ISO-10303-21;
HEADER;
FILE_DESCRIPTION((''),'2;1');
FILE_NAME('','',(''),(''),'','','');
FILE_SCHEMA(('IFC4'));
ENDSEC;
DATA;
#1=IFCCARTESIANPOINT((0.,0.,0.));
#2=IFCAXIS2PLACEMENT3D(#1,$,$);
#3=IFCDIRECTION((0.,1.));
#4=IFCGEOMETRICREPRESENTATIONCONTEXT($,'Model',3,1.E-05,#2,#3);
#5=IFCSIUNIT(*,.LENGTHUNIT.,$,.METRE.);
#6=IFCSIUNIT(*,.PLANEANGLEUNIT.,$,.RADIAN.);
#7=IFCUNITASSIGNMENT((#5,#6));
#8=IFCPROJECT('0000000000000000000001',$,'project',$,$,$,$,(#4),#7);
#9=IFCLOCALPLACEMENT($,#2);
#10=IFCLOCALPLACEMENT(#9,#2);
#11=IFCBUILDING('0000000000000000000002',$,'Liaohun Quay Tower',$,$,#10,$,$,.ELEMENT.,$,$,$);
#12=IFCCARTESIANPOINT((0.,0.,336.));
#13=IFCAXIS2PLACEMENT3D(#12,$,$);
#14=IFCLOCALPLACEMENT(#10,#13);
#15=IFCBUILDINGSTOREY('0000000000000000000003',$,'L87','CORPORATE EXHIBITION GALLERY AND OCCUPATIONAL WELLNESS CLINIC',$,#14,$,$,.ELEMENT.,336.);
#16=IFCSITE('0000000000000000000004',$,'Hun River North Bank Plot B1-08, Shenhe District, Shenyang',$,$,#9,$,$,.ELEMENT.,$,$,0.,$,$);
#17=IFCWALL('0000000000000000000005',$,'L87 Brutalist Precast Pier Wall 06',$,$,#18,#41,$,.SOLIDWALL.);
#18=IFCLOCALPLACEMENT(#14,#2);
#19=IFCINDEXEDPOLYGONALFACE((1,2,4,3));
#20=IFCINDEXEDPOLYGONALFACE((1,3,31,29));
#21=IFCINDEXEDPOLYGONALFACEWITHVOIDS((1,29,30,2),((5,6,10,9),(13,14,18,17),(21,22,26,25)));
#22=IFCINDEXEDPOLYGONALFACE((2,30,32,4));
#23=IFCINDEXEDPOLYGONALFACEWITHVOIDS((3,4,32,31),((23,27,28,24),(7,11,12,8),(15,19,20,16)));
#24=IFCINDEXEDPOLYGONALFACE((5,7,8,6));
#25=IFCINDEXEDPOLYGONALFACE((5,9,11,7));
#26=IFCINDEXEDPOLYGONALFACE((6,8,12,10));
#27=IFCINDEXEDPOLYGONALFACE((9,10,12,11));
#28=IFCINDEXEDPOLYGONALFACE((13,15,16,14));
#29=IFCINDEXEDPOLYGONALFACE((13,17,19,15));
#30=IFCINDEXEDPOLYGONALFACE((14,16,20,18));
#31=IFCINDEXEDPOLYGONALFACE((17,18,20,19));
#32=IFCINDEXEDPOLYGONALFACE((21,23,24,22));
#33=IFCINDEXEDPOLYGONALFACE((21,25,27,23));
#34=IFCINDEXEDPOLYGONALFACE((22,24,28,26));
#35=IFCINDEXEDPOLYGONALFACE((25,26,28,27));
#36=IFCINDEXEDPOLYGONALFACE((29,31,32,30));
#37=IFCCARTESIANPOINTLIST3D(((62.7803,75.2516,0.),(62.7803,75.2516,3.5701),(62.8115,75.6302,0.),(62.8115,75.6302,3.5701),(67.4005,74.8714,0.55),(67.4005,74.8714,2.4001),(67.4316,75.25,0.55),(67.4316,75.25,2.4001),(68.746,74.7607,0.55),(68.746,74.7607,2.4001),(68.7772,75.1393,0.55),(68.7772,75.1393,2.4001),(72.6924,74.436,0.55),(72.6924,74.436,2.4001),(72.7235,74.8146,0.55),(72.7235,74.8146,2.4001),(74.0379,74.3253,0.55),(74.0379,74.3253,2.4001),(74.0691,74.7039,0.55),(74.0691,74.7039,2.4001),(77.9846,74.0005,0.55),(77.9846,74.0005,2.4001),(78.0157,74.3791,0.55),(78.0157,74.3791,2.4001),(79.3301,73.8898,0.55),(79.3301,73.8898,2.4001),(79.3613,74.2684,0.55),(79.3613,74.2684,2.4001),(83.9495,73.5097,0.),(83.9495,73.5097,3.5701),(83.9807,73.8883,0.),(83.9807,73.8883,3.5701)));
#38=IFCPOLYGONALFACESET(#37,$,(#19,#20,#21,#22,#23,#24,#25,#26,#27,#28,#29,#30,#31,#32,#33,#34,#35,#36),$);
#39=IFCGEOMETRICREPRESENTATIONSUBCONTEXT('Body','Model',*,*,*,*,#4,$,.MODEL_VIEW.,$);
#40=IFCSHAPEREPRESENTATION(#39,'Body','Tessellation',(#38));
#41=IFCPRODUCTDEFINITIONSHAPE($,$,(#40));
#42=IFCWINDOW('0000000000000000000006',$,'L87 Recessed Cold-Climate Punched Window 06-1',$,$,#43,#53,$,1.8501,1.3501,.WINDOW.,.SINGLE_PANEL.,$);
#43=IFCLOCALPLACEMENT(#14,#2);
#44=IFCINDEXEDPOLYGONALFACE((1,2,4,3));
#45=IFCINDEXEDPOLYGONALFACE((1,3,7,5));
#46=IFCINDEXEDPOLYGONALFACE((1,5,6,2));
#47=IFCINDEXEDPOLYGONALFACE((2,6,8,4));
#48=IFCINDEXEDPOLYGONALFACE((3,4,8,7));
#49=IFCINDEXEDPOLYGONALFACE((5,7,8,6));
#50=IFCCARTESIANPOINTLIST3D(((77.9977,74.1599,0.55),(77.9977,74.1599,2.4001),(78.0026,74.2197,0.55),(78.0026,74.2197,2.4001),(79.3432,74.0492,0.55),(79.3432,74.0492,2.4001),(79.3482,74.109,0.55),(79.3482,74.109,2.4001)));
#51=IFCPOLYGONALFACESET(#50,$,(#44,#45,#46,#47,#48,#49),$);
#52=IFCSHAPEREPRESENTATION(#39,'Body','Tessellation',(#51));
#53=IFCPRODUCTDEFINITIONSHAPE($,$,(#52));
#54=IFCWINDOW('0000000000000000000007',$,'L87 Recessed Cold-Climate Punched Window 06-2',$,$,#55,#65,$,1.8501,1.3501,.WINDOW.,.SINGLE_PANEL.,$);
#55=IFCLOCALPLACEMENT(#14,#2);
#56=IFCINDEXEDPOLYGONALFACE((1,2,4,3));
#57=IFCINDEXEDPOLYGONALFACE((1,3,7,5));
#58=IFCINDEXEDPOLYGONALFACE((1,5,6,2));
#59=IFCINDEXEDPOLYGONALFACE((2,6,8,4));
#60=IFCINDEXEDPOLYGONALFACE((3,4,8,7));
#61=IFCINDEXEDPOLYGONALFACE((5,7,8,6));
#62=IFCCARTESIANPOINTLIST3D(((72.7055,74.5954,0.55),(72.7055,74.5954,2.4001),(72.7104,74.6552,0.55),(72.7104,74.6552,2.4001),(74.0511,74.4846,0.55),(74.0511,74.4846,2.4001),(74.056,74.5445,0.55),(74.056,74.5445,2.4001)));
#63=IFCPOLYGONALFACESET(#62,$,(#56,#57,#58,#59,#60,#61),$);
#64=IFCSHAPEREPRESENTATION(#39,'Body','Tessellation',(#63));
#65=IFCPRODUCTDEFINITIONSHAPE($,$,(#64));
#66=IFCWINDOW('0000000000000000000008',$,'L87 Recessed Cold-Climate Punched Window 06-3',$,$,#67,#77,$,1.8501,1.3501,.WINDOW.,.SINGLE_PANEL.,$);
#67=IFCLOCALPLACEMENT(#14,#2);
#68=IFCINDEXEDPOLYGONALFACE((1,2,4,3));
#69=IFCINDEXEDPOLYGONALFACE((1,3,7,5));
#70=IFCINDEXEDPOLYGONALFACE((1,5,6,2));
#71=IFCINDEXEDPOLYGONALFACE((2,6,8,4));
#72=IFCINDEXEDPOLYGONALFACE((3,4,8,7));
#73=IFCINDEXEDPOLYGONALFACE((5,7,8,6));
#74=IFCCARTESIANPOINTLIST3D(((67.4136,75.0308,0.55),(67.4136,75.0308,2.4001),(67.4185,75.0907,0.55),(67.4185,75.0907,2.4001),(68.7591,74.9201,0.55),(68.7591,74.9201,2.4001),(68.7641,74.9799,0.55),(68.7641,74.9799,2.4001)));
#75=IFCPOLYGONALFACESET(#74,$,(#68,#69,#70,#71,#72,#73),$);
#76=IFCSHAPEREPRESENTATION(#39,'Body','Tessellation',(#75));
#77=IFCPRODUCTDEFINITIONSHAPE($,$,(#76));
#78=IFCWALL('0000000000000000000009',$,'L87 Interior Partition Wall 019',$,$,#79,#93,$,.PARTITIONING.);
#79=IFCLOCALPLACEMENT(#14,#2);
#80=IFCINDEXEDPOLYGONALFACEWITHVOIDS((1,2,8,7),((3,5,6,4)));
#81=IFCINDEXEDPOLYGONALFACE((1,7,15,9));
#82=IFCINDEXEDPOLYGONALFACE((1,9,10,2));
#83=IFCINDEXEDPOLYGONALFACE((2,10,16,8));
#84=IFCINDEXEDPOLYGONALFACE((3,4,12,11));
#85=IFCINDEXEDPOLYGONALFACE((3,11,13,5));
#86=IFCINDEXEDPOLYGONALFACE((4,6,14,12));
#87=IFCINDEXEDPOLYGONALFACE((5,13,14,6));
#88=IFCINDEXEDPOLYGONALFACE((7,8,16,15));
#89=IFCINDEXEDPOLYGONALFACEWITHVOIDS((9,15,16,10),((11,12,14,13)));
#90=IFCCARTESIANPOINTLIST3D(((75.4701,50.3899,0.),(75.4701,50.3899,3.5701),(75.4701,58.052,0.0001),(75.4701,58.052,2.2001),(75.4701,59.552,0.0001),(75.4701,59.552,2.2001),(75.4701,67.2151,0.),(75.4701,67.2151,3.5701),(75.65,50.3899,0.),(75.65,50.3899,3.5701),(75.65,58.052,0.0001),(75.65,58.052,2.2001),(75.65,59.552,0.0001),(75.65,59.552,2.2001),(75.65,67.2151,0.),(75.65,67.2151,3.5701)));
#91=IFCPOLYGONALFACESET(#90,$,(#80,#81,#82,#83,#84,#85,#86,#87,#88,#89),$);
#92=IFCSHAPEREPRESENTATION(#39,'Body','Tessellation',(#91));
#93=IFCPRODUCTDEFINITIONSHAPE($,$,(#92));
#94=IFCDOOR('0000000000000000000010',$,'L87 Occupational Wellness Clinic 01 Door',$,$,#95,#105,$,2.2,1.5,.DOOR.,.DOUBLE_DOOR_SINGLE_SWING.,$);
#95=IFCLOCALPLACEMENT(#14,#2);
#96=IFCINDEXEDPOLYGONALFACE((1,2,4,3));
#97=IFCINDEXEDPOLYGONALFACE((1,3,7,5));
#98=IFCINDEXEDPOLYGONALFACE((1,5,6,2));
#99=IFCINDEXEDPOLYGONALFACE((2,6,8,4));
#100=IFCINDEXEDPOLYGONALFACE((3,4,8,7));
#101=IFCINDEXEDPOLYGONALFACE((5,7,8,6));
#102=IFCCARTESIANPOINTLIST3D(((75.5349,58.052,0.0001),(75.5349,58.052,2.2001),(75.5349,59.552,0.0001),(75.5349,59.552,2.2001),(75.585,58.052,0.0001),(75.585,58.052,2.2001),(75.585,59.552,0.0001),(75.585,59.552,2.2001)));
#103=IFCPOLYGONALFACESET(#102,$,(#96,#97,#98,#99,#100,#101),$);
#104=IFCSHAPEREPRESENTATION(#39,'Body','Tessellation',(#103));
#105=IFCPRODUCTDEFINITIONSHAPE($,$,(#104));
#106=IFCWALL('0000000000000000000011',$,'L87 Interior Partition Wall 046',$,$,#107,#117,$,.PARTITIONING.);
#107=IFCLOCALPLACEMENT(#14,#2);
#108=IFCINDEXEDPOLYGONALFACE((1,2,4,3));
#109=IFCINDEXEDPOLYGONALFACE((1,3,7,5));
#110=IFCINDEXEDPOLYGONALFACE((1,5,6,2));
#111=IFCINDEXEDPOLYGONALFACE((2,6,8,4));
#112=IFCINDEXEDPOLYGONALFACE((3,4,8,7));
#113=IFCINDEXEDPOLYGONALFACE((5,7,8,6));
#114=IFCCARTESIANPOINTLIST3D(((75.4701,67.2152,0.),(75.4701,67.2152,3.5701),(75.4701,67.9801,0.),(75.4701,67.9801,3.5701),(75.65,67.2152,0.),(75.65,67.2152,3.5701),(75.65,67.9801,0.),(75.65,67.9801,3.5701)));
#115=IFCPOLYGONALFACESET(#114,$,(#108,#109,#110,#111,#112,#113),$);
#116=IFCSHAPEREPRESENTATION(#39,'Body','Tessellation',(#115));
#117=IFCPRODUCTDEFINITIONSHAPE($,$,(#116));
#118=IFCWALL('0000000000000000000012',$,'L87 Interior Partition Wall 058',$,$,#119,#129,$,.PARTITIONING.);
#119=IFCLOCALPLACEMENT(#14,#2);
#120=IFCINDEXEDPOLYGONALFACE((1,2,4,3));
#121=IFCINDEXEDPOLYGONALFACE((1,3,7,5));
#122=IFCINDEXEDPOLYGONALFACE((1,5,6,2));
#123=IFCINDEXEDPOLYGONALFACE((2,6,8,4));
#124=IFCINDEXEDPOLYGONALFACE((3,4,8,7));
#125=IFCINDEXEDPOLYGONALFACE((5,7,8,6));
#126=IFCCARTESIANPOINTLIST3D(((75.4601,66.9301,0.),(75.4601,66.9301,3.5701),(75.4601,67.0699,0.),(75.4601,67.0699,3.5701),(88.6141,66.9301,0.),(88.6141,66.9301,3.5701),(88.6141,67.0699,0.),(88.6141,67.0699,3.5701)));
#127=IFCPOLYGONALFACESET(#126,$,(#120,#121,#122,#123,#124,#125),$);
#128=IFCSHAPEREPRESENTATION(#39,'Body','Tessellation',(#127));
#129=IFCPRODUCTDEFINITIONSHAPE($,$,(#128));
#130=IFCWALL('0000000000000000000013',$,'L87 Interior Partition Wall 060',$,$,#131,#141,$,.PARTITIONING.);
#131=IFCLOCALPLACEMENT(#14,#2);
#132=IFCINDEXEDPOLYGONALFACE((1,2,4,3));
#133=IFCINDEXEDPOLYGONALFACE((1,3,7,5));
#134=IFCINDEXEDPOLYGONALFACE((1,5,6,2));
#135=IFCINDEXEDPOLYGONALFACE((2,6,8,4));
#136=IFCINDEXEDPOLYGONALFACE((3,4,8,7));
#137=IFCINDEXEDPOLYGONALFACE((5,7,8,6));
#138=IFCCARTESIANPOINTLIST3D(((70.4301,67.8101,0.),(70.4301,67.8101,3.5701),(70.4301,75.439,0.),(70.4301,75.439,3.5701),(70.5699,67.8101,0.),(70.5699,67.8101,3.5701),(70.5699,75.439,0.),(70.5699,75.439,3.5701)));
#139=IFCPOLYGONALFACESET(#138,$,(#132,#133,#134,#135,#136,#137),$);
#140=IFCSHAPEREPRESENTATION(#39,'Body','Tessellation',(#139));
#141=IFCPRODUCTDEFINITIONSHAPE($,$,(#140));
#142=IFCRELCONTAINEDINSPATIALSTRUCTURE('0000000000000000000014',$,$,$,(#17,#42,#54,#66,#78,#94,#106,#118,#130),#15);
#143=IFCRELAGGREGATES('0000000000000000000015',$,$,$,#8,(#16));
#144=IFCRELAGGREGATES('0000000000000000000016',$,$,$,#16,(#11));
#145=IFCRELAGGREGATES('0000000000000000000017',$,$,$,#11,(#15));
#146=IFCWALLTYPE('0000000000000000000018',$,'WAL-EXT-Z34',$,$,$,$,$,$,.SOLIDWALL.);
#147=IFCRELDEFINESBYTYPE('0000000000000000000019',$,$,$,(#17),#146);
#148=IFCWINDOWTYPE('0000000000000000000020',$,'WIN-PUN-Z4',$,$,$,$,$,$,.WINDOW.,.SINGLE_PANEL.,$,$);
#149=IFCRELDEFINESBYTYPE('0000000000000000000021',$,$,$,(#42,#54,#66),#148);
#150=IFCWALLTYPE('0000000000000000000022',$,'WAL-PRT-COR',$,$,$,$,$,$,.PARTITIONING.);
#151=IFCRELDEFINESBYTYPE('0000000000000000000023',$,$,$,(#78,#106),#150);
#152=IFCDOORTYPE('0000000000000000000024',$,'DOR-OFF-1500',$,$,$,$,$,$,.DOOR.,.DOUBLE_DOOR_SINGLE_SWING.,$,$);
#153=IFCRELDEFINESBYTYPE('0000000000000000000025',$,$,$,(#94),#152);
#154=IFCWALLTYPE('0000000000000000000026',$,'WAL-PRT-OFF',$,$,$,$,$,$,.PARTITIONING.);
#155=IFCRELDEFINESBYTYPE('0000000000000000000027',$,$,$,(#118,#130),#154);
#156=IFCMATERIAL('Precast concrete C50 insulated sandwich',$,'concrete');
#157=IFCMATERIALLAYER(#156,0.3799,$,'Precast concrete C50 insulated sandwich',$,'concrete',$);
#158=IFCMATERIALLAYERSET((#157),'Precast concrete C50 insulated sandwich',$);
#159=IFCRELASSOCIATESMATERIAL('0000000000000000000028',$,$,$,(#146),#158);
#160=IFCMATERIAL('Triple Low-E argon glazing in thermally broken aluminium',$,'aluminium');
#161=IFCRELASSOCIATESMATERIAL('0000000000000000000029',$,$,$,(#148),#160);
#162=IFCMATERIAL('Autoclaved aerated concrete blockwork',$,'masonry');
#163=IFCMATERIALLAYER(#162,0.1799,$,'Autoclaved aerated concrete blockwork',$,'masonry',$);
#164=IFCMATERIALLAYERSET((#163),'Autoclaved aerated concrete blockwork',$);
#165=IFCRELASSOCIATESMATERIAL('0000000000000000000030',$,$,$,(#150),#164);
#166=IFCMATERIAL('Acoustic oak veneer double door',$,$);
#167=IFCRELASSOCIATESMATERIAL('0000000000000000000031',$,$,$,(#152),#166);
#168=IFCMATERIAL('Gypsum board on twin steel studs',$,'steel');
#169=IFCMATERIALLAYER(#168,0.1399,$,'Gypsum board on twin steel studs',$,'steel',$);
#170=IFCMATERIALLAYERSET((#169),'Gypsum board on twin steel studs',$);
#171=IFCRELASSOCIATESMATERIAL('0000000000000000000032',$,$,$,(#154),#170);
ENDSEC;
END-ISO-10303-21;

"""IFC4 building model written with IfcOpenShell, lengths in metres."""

from ifc_helpers import new_model, si_unit, direction, frame, frame_2d, origin, place, context, subcontext, project, spatial, rectangle, extrude, source, transform, mapped, material, layer, layer_set, type_object, element, fill, save


model = new_model("IFC4")

# Units and contexts
model_context = context("Model", 3, precision=1e-05, world=origin(), true_north=direction((0.0, 1.0)))
body_context = subcontext(model_context, "Body", "Model", "MODEL_VIEW")
ifc_project = project(units=[si_unit("LENGTHUNIT", "METRE"), si_unit("PLANEANGLEUNIT", "RADIAN")], contexts=[model_context])

# Site, building, storey
site_placement = place(None, origin())
site = spatial("IfcSite", under=ifc_project, at=site_placement, Name="Hun River North Bank Plot B1-08, Shenhe District, Shenyang", CompositionType="ELEMENT", RefElevation=0.0)
building_placement = place(site_placement, origin())
building = spatial("IfcBuilding", under=site, at=building_placement, Name="Liaohun Quay Tower", CompositionType="ELEMENT")
storey_placement = place(building_placement, frame((0.0, 0.0, 336.0)))
storey = spatial("IfcBuildingStorey", under=building, at=storey_placement, Name="L87", Description="CORPORATE EXHIBITION GALLERY AND OCCUPATIONAL WELLNESS CLINIC", CompositionType="ELEMENT", Elevation=336.0)

# Shared definitions
ifc_material_1 = material(Name="Precast concrete C50 insulated sandwich", Category="concrete")
ifc_layer_1 = layer(ifc_material_1, 0.3799, Name="Precast concrete C50 insulated sandwich", Category="concrete")
ifc_layer_set_1 = layer_set([ifc_layer_1], Name="Precast concrete C50 insulated sandwich")
wall_type_1 = type_object("IfcWallType", Name="WAL-EXT-Z34", PredefinedType="SOLIDWALL", material=ifc_layer_set_1)

# Wall, openings, windows
wall_1_placement = place(storey_placement, frame((83.9651, 73.699, 0.0), z_axis=(0.0, 0.0, 1.0), x_axis=(-0.996632, 0.08201, 0.0)))
wall_1 = element("IfcWall", 1, at=wall_1_placement, inside=storey, type_object=wall_type_1, Name="L87 Brutalist Precast Pier Wall 06", PredefinedType="SOLIDWALL", context=body_context, shape_type="SweptSolid", body=[
    extrude(rectangle(XDim=21.2407, YDim=0.3799, at=frame_2d((10.6204, 0.0))), origin(), (0.0, 0.0, 1.0), 3.5701),
])
shared_shape_1 = source(origin(), body_context, "Body", "SweptSolid", [
    extrude(rectangle(XDim=1.3501, YDim=1.8501, at=frame_2d((0.675, 0.925))), frame((0.0, 0.2, 0.0), z_axis=(0.0, -1.0, 0.0), x_axis=(1.0, 0.0, 0.0)), (0.0, 0.0, 1.0), 0.3999),
])
opening_1_placement = place(wall_1_placement, frame((4.635, 0.0, 0.55)))
opening_1 = element("IfcOpeningElement", 2, at=opening_1_placement, cuts=wall_1, PredefinedType="OPENING", context=body_context, shape_type="MappedRepresentation", body=[
    mapped(shared_shape_1, transform((0.0, 0.0, 0.0), x_axis=(1.0, 0.0, 0.0), y_axis=(0.0, 1.0, 0.0), z_axis=(0.0, 0.0, 1.0), scale=1.0)),
])
opening_2_placement = place(wall_1_placement, frame((9.9451, 0.0, 0.55)))
opening_2 = element("IfcOpeningElement", 3, at=opening_2_placement, cuts=wall_1, PredefinedType="OPENING", context=body_context, shape_type="MappedRepresentation", body=[
    mapped(shared_shape_1, transform((0.0, 0.0, 0.0), x_axis=(1.0, 0.0, 0.0), y_axis=(0.0, 1.0, 0.0), z_axis=(0.0, 0.0, 1.0), scale=1.0)),
])
opening_3_placement = place(wall_1_placement, frame((15.2549, 0.0, 0.55)))
opening_3 = element("IfcOpeningElement", 4, at=opening_3_placement, cuts=wall_1, PredefinedType="OPENING", context=body_context, shape_type="MappedRepresentation", body=[
    mapped(shared_shape_1, transform((0.0, 0.0, 0.0), x_axis=(1.0, 0.0, 0.0), y_axis=(0.0, 1.0, 0.0), z_axis=(0.0, 0.0, 1.0), scale=1.0)),
])
ifc_material_2 = material(Name="Triple Low-E argon glazing in thermally broken aluminium", Category="aluminium")
window_type_1 = type_object("IfcWindowType", Name="WIN-PUN-Z4", PartitioningType="SINGLE_PANEL", PredefinedType="WINDOW", material=ifc_material_2)
shared_shape_2 = source(origin(), body_context, "Body", "SweptSolid", [
    extrude(rectangle(XDim=1.3501, YDim=1.8501, at=frame_2d((0.675, 0.925))), frame((0.0, 0.03, 0.0), z_axis=(0.0, -1.0, 0.0), x_axis=(1.0, 0.0, 0.0)), (0.0, 0.0, 1.0), 0.0601),
])
window_1_placement = place(opening_1_placement, origin())
window_1 = element("IfcWindow", 5, at=window_1_placement, inside=storey, type_object=window_type_1, Name="L87 Recessed Cold-Climate Punched Window 06-1", OverallHeight=1.8501, OverallWidth=1.3501, PartitioningType="SINGLE_PANEL", PredefinedType="WINDOW", context=body_context, shape_type="MappedRepresentation", body=[
    mapped(shared_shape_2, transform((0.0, 0.0, 0.0), x_axis=(1.0, 0.0, 0.0), y_axis=(0.0, 1.0, 0.0), z_axis=(0.0, 0.0, 1.0), scale=1.0)),
])
fill(opening_1, window_1)
window_2_placement = place(opening_2_placement, origin())
window_2 = element("IfcWindow", 6, at=window_2_placement, inside=storey, type_object=window_type_1, Name="L87 Recessed Cold-Climate Punched Window 06-2", OverallHeight=1.8501, OverallWidth=1.3501, PartitioningType="SINGLE_PANEL", PredefinedType="WINDOW", context=body_context, shape_type="MappedRepresentation", body=[
    mapped(shared_shape_2, transform((0.0, 0.0, 0.0), x_axis=(1.0, 0.0, 0.0), y_axis=(0.0, 1.0, 0.0), z_axis=(0.0, 0.0, 1.0), scale=1.0)),
])
fill(opening_2, window_2)
window_3_placement = place(opening_3_placement, origin())
window_3 = element("IfcWindow", 7, at=window_3_placement, inside=storey, type_object=window_type_1, Name="L87 Recessed Cold-Climate Punched Window 06-3", OverallHeight=1.8501, OverallWidth=1.3501, PartitioningType="SINGLE_PANEL", PredefinedType="WINDOW", context=body_context, shape_type="MappedRepresentation", body=[
    mapped(shared_shape_2, transform((0.0, 0.0, 0.0), x_axis=(1.0, 0.0, 0.0), y_axis=(0.0, 1.0, 0.0), z_axis=(0.0, 0.0, 1.0), scale=1.0)),
])
fill(opening_3, window_3)

# Wall, opening, door
ifc_material_3 = material(Name="Autoclaved aerated concrete blockwork", Category="masonry")
ifc_layer_2 = layer(ifc_material_3, 0.1799, Name="Autoclaved aerated concrete blockwork", Category="masonry")
ifc_layer_set_2 = layer_set([ifc_layer_2], Name="Autoclaved aerated concrete blockwork")
wall_type_2 = type_object("IfcWallType", Name="WAL-PRT-COR", PredefinedType="PARTITIONING", material=ifc_layer_set_2)
wall_2_placement = place(storey_placement, frame((75.5601, 67.2151, 0.0), z_axis=(0.0, 0.0, 1.0), x_axis=(0.0, -1.0, 0.0)))
wall_2 = element("IfcWall", 8, at=wall_2_placement, inside=storey, type_object=wall_type_2, Name="L87 Interior Partition Wall 019", PredefinedType="PARTITIONING", context=body_context, shape_type="SweptSolid", body=[
    extrude(rectangle(XDim=16.8252, YDim=0.1799, at=frame_2d((8.4126, 0.0))), origin(), (0.0, 0.0, 1.0), 3.5701),
])
shared_shape_3 = source(origin(), body_context, "Body", "SweptSolid", [
    extrude(rectangle(XDim=1.5, YDim=2.2, at=frame_2d((0.75, 1.1001))), frame((0.0, 0.0999, 0.0), z_axis=(0.0, -1.0, 0.0), x_axis=(1.0, 0.0, 0.0)), (0.0, 0.0, 1.0), 0.2),
])
opening_4_placement = place(wall_2_placement, frame((7.6631, 0.0, 0.0)))
opening_4 = element("IfcOpeningElement", 9, at=opening_4_placement, cuts=wall_2, PredefinedType="OPENING", context=body_context, shape_type="MappedRepresentation", body=[
    mapped(shared_shape_3, transform((0.0, 0.0, 0.0), x_axis=(1.0, 0.0, 0.0), y_axis=(0.0, 1.0, 0.0), z_axis=(0.0, 0.0, 1.0), scale=1.0)),
])
ifc_material_4 = material(Name="Acoustic oak veneer double door")
door_type = type_object("IfcDoorType", Name="DOR-OFF-1500", OperationType="DOUBLE_DOOR_SINGLE_SWING", PredefinedType="DOOR", material=ifc_material_4)
shared_shape_4 = source(origin(), body_context, "Body", "SweptSolid", [
    extrude(rectangle(XDim=1.5, YDim=2.2, at=frame_2d((0.75, 1.1001))), frame((0.0, 0.0249, 0.0), z_axis=(0.0, -1.0, 0.0), x_axis=(1.0, 0.0, 0.0)), (0.0, 0.0, 1.0), 0.05),
])
door_placement = place(opening_4_placement, origin())
door = element("IfcDoor", 10, at=door_placement, inside=storey, type_object=door_type, Name="L87 Occupational Wellness Clinic 01 Door", OperationType="DOUBLE_DOOR_SINGLE_SWING", OverallHeight=2.2, OverallWidth=1.5, PredefinedType="DOOR", context=body_context, shape_type="MappedRepresentation", body=[
    mapped(shared_shape_4, transform((0.0, 0.0, 0.0), x_axis=(1.0, 0.0, 0.0), y_axis=(0.0, 1.0, 0.0), z_axis=(0.0, 0.0, 1.0), scale=1.0)),
])
fill(opening_4, door)

# Walls
wall_3_placement = place(storey_placement, frame((75.5601, 67.98, 0.0), z_axis=(0.0, 0.0, 1.0), x_axis=(0.0, -1.0, 0.0)))
element("IfcWall", 11, at=wall_3_placement, inside=storey, type_object=wall_type_2, Name="L87 Interior Partition Wall 046", PredefinedType="PARTITIONING", context=body_context, shape_type="SweptSolid", body=[
    extrude(rectangle(XDim=0.7649, YDim=0.1799, at=frame_2d((0.3823, 0.0))), origin(), (0.0, 0.0, 1.0), 3.5701),
])
ifc_material_5 = material(Name="Gypsum board on twin steel studs", Category="steel")
ifc_layer_3 = layer(ifc_material_5, 0.1399, Name="Gypsum board on twin steel studs", Category="steel")
ifc_layer_set_3 = layer_set([ifc_layer_3], Name="Gypsum board on twin steel studs")
wall_type_3 = type_object("IfcWallType", Name="WAL-PRT-OFF", PredefinedType="PARTITIONING", material=ifc_layer_set_3)
wall_4_placement = place(storey_placement, frame((75.46, 67.0, 0.0), z_axis=(0.0, 0.0, 1.0), x_axis=(1.0, 0.0, 0.0)))
element("IfcWall", 12, at=wall_4_placement, inside=storey, type_object=wall_type_3, Name="L87 Interior Partition Wall 058", PredefinedType="PARTITIONING", context=body_context, shape_type="SweptSolid", body=[
    extrude(rectangle(XDim=13.1541, YDim=0.1399, at=frame_2d((6.5771, 0.0))), origin(), (0.0, 0.0, 1.0), 3.5701),
])
wall_5_placement = place(storey_placement, frame((70.5, 67.8101, 0.0), z_axis=(0.0, 0.0, 1.0), x_axis=(0.0, 1.0, 0.0)))
element("IfcWall", 13, at=wall_5_placement, inside=storey, type_object=wall_type_3, Name="L87 Interior Partition Wall 060", PredefinedType="PARTITIONING", context=body_context, shape_type="SweptSolid", body=[
    extrude(rectangle(XDim=7.6289, YDim=0.1399, at=frame_2d((3.8145, 0.0))), origin(), (0.0, 0.0, 1.0), 3.5701),
])

save(model, "model.ifc")
